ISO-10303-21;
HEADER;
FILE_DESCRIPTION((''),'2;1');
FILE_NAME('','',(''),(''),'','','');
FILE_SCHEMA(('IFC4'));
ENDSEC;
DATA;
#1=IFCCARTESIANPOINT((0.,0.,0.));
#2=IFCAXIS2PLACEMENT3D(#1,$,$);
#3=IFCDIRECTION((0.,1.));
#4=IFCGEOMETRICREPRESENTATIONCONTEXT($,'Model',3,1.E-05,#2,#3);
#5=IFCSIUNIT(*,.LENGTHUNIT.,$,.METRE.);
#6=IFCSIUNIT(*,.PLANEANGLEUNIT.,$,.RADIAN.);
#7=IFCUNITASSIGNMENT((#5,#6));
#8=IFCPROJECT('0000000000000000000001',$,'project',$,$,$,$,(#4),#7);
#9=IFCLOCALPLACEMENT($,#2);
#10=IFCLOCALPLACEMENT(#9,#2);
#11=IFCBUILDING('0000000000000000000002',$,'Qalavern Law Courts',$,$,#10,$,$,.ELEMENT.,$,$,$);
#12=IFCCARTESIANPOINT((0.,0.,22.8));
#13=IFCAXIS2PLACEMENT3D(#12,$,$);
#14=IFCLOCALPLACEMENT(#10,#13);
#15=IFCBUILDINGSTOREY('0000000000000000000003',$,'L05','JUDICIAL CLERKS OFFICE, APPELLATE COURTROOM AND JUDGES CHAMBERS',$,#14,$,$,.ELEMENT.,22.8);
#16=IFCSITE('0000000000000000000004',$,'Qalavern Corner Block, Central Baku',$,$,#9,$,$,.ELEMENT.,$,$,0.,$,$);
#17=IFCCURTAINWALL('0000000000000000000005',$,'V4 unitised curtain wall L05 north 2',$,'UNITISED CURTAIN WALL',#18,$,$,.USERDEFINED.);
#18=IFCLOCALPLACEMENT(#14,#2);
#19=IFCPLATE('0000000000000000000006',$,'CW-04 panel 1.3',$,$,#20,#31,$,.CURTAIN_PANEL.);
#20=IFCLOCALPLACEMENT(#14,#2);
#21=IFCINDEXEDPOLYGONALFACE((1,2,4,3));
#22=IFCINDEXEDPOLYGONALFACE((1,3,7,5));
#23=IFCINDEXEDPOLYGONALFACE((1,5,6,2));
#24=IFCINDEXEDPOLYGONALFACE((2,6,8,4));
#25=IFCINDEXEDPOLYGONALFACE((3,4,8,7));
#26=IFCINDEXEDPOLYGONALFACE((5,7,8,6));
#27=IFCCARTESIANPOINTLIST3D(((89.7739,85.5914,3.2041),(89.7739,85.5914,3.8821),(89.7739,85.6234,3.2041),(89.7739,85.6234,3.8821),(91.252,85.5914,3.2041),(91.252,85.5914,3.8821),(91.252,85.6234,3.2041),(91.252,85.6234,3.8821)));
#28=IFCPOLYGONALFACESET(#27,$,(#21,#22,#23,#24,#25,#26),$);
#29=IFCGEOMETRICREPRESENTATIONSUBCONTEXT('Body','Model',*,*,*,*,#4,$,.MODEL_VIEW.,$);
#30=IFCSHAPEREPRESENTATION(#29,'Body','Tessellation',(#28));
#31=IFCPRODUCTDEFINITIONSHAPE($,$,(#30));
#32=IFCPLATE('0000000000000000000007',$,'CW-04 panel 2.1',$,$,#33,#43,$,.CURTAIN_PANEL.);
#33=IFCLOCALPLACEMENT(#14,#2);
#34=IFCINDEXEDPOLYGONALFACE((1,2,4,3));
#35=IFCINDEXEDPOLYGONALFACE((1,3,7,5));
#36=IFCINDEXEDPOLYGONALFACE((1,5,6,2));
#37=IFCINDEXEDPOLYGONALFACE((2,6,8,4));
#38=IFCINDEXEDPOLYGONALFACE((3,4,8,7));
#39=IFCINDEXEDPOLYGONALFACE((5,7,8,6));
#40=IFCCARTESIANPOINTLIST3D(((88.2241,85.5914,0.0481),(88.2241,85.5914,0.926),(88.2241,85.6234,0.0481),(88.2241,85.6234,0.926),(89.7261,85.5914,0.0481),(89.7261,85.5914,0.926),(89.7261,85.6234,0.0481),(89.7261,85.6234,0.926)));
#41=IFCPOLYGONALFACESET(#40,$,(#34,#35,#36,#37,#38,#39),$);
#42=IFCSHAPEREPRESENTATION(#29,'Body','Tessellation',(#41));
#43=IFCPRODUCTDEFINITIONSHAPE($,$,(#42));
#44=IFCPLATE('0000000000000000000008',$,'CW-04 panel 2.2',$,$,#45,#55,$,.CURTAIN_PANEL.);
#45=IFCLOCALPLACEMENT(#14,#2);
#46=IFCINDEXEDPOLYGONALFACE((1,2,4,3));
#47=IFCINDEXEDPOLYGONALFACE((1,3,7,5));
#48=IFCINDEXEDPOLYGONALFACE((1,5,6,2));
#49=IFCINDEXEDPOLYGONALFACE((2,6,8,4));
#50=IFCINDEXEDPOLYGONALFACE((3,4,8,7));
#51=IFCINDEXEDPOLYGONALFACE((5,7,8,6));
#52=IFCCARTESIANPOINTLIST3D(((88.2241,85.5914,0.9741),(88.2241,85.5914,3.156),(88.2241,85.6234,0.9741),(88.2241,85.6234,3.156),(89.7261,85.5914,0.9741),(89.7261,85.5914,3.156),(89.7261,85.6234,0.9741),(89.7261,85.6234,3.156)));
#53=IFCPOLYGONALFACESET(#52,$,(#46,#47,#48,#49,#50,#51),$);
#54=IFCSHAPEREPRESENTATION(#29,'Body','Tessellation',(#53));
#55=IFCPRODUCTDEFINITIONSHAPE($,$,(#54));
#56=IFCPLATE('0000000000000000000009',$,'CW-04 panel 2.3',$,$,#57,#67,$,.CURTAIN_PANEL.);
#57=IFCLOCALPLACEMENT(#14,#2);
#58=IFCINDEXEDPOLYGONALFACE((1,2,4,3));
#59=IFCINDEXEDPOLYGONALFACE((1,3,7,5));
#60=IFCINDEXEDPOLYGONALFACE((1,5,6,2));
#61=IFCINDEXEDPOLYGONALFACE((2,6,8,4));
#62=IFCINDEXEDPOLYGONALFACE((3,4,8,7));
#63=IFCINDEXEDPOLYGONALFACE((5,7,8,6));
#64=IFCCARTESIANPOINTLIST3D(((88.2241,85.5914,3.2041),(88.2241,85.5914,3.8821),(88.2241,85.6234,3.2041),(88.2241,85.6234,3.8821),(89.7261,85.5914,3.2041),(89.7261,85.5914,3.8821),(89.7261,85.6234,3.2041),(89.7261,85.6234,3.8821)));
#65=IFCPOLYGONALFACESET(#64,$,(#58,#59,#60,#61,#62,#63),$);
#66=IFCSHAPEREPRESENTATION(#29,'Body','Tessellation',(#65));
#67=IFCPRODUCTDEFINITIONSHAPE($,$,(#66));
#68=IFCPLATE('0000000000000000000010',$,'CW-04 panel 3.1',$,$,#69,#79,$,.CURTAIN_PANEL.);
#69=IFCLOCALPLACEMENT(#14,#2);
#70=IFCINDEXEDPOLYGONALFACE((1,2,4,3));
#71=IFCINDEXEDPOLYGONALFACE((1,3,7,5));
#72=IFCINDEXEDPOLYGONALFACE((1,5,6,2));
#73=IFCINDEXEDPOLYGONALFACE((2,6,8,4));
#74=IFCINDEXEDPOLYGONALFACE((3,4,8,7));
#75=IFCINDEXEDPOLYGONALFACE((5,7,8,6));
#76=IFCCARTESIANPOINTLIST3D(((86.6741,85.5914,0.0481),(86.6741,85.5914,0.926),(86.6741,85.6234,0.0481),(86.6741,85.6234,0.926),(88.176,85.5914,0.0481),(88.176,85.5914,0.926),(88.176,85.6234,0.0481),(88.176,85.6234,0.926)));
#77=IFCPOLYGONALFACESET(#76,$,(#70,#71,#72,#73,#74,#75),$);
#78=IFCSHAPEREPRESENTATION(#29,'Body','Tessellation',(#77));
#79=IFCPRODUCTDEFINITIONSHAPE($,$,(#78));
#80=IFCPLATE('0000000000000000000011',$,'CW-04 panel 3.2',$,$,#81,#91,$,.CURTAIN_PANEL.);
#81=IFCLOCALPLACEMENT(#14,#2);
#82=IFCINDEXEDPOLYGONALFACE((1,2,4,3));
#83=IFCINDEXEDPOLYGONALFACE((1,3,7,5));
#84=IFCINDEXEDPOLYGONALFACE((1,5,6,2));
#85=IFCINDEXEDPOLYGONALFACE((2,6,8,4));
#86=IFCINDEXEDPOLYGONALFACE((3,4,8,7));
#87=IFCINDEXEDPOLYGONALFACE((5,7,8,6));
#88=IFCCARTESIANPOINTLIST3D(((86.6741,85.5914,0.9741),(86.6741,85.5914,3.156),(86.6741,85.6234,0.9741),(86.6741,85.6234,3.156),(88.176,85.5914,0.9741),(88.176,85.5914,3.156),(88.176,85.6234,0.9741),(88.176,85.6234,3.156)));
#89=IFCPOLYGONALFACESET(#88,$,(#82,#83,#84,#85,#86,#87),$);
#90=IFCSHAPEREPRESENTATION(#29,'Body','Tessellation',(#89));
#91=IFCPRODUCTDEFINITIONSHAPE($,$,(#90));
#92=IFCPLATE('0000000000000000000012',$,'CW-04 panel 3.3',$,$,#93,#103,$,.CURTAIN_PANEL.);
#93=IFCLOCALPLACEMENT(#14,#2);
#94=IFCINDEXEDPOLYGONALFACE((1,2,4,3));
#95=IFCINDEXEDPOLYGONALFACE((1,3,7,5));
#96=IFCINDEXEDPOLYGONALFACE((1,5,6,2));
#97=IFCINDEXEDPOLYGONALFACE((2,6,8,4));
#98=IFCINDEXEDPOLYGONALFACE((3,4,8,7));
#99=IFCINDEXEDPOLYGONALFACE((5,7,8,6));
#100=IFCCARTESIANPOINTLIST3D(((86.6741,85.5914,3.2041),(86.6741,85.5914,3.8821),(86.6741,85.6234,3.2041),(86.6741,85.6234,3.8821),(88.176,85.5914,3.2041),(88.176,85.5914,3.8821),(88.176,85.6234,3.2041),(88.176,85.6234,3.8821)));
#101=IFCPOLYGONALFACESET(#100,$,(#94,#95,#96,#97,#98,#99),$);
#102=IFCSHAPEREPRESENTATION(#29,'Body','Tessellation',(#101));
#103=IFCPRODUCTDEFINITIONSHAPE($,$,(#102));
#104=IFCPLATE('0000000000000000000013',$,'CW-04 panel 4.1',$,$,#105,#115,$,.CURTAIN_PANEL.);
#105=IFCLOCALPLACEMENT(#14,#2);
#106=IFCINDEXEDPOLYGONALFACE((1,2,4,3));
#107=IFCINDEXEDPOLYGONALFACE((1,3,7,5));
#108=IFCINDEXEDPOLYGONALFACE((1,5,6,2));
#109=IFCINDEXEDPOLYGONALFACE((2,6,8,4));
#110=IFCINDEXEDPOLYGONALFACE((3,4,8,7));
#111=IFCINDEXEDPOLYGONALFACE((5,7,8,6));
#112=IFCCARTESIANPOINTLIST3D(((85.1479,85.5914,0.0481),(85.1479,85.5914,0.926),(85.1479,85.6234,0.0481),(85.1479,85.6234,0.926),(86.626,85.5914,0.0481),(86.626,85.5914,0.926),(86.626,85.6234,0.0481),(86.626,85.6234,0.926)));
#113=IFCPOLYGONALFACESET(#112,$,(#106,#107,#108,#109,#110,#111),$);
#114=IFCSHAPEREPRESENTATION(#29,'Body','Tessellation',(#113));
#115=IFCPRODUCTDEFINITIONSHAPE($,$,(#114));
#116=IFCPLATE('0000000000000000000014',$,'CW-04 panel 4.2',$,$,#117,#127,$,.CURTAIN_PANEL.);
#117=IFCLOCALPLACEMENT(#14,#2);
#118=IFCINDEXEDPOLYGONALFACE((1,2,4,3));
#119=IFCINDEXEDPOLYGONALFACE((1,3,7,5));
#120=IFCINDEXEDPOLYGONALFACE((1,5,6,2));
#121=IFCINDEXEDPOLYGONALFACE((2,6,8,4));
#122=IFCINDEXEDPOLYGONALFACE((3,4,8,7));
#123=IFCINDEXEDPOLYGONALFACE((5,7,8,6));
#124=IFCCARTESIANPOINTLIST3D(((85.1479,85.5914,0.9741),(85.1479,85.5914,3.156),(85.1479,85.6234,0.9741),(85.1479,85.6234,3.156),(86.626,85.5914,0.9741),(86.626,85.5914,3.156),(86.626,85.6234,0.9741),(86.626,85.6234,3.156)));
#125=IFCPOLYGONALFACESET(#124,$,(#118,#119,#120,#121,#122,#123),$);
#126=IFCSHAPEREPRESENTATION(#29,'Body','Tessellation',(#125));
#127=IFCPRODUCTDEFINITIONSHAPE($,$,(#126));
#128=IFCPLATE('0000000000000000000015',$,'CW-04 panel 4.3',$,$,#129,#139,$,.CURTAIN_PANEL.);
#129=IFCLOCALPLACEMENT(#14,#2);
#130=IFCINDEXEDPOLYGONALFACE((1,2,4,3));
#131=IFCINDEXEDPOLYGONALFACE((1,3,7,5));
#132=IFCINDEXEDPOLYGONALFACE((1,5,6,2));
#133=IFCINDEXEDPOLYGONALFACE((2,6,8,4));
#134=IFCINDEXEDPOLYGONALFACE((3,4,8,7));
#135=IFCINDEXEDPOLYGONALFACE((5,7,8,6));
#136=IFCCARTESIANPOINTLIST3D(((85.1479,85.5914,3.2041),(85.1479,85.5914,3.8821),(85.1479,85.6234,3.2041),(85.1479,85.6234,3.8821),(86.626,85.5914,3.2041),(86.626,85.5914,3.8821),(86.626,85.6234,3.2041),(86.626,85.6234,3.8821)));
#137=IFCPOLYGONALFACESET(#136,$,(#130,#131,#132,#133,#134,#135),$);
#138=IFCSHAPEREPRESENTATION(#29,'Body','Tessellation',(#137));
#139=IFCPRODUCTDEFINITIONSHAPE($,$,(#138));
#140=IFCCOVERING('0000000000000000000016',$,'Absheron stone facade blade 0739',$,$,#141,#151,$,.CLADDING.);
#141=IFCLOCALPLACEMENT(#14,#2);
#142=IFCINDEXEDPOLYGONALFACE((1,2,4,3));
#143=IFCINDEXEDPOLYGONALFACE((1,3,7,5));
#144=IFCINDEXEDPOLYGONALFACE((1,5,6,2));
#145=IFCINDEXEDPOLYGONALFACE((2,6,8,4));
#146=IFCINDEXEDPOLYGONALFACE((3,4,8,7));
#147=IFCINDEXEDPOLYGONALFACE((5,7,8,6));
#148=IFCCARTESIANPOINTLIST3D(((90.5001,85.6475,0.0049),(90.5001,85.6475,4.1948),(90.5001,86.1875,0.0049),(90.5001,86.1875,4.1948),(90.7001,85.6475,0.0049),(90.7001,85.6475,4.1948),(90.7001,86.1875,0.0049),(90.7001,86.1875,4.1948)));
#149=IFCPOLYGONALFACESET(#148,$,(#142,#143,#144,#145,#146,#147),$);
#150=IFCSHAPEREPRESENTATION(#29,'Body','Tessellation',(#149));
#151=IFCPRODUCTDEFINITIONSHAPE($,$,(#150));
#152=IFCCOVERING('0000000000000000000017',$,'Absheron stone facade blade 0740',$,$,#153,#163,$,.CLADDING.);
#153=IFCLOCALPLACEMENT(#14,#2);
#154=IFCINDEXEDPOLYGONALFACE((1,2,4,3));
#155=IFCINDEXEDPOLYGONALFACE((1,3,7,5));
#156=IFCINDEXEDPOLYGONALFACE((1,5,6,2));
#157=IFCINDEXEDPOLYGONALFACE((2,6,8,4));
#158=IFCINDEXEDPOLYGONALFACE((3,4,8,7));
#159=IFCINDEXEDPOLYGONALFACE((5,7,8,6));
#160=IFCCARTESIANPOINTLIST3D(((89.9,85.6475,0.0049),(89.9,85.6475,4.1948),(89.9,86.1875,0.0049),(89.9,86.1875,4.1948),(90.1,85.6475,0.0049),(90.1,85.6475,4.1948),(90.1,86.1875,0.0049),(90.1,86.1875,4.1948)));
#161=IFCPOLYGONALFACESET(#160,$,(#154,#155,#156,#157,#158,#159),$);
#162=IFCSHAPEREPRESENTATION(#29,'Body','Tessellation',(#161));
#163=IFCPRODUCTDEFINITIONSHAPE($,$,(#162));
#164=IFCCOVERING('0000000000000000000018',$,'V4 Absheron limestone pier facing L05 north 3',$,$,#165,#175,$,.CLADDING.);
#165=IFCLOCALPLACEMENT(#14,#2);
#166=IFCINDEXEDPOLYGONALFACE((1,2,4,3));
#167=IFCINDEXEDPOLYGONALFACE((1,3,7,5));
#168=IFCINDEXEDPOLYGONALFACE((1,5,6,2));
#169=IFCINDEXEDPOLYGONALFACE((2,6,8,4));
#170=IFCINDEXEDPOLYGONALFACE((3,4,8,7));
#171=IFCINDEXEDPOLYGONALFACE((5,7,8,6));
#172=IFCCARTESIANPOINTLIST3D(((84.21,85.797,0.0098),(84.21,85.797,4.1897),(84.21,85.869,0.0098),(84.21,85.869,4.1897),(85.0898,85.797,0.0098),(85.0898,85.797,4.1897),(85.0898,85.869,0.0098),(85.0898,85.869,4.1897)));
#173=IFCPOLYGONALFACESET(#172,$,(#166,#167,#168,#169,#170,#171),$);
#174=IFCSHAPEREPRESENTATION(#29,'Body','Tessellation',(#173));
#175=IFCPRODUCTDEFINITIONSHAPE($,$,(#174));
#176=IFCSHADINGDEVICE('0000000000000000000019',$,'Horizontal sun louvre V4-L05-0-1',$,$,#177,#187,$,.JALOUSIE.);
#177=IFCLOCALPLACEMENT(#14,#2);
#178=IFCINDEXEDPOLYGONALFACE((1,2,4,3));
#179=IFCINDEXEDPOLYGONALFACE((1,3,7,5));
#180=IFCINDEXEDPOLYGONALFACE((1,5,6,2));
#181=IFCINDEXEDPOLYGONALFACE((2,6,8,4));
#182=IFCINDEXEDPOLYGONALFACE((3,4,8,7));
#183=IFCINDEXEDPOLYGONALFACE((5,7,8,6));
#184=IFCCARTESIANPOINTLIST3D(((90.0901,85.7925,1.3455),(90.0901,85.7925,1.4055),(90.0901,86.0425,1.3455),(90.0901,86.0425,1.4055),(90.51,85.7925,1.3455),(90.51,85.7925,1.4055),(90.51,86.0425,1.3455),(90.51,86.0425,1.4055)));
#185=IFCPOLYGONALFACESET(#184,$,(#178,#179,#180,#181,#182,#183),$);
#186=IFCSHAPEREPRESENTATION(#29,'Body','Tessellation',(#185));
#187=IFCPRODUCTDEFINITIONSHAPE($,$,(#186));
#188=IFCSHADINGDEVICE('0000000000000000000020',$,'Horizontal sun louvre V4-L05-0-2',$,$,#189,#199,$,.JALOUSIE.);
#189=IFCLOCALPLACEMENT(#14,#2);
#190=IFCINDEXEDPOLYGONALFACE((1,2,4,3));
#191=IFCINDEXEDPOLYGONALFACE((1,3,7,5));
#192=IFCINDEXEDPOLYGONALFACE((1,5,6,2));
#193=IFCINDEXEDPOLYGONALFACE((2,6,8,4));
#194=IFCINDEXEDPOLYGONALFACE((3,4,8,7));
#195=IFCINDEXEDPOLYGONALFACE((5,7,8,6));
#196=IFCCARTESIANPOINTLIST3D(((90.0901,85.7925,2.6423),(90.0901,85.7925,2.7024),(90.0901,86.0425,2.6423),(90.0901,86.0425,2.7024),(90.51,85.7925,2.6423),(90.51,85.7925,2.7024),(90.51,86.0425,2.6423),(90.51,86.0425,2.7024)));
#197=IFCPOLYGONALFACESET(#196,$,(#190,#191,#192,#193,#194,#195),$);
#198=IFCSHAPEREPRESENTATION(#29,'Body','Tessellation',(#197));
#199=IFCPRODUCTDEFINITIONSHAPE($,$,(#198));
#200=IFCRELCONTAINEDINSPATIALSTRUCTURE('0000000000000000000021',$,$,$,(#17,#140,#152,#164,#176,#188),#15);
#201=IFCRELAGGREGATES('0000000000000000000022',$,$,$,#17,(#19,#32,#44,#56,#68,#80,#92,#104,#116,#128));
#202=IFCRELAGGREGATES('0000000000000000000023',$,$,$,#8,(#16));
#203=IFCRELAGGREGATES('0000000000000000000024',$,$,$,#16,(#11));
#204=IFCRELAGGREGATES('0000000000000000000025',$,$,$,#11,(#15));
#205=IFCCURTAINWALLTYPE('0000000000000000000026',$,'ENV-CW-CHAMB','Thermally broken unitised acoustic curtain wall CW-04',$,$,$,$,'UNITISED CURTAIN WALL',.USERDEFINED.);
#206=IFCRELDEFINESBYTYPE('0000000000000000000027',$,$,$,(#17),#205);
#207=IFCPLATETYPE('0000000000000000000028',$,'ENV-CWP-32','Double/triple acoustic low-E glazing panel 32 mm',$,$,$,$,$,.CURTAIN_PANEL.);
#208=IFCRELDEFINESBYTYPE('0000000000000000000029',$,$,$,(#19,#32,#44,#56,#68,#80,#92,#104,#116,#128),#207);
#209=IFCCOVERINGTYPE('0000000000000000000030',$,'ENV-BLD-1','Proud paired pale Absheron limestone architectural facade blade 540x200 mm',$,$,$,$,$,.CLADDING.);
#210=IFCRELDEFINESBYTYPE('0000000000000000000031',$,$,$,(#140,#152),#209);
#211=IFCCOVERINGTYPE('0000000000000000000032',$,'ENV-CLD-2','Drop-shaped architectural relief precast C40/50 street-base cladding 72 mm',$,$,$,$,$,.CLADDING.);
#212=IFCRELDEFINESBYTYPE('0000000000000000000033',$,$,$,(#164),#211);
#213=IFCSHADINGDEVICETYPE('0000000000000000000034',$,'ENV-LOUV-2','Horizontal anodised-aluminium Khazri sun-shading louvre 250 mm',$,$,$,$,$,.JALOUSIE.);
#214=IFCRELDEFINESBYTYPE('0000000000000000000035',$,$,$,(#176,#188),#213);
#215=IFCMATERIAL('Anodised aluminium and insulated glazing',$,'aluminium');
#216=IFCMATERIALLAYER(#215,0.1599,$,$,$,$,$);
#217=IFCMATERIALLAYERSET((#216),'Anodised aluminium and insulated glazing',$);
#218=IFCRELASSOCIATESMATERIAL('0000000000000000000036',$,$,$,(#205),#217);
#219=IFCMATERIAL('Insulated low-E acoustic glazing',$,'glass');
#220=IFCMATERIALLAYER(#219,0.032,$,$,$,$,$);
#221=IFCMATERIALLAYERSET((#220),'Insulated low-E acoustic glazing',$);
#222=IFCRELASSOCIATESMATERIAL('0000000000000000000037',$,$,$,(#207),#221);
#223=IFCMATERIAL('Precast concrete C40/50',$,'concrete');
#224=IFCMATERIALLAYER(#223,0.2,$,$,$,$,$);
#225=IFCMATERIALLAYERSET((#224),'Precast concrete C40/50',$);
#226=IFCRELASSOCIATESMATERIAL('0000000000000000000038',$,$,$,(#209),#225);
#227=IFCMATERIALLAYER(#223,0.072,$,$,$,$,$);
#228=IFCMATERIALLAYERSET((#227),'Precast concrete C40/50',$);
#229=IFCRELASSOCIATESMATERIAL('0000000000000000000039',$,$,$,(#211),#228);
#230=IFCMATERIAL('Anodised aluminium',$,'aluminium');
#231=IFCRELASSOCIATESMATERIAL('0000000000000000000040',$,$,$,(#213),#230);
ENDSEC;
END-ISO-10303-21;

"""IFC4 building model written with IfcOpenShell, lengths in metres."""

from ifc_helpers import new_model, si_unit, direction, frame, origin, origin_2d, place, context, subcontext, project, spatial, rectangle, extrude, material, layer, layer_set, type_object, element, aggregate, save


model = new_model("IFC4")

# Units and contexts
model_context = context("Model", 3, precision=1e-05, world=origin(), true_north=direction((0.0, 1.0)))
body_context = subcontext(model_context, "Body", "Model", "MODEL_VIEW")
ifc_project = project(units=[si_unit("LENGTHUNIT", "METRE"), si_unit("PLANEANGLEUNIT", "RADIAN")], contexts=[model_context])

# Site, building, storey
site_placement = place(None, origin())
site = spatial("IfcSite", under=ifc_project, at=site_placement, Name="Qalavern Corner Block, Central Baku", CompositionType="ELEMENT", RefElevation=0.0)
building_placement = place(site_placement, origin())
building = spatial("IfcBuilding", under=site, at=building_placement, Name="Qalavern Law Courts", CompositionType="ELEMENT")
storey_placement = place(building_placement, frame((0.0, 0.0, 22.8)))
storey = spatial("IfcBuildingStorey", under=building, at=storey_placement, Name="L05", Description="JUDICIAL CLERKS OFFICE, APPELLATE COURTROOM AND JUDGES CHAMBERS", CompositionType="ELEMENT", Elevation=22.8)

# Curtain wall, plates
ifc_material_1 = material(Name="Anodised aluminium and insulated glazing", Category="aluminium")
ifc_layer_1 = layer(ifc_material_1, 0.1599)
ifc_layer_set_1 = layer_set([ifc_layer_1], Name="Anodised aluminium and insulated glazing")
curtain_wall_type = type_object("IfcCurtainWallType", Name="ENV-CW-CHAMB", Description="Thermally broken unitised acoustic curtain wall CW-04", ElementType="UNITISED CURTAIN WALL", PredefinedType="USERDEFINED", material=ifc_layer_set_1)
curtain_wall_placement = place(storey_placement, origin())
curtain_wall = element("IfcCurtainWall", 1, at=curtain_wall_placement, inside=storey, type_object=curtain_wall_type, Name="V4 unitised curtain wall L05 north 2", ObjectType="UNITISED CURTAIN WALL", PredefinedType="USERDEFINED")
ifc_material_2 = material(Name="Anodised aluminium", Category="aluminium")
ifc_material_3 = material(Name="Insulated low-E acoustic glazing", Category="glass")
ifc_layer_2 = layer(ifc_material_3, 0.032)
ifc_layer_set_2 = layer_set([ifc_layer_2], Name="Insulated low-E acoustic glazing")
plate_type = type_object("IfcPlateType", Name="ENV-CWP-32", Description="Double/triple acoustic low-E glazing panel 32 mm", PredefinedType="CURTAIN_PANEL", material=ifc_layer_set_2)
plate_1_placement = place(storey_placement, frame((90.5129, 85.6074, 3.2041), z_axis=(0.0, 0.0, 1.0), x_axis=(-1.0, 0.0, 0.0)))
plate_1 = element("IfcPlate", 2, at=plate_1_placement, type_object=plate_type, Name="CW-04 panel 1.3", PredefinedType="CURTAIN_PANEL", context=body_context, shape_type="SweptSolid", body=[
    extrude(rectangle(XDim=1.478, YDim=0.032, at=origin_2d()), origin(), (0.0, 0.0, 1.0), 0.678),
])
plate_2_placement = place(storey_placement, frame((88.9751, 85.6074, 0.0481), z_axis=(0.0, 0.0, 1.0), x_axis=(-1.0, 0.0, 0.0)))
plate_2 = element("IfcPlate", 3, at=plate_2_placement, type_object=plate_type, Name="CW-04 panel 2.1", PredefinedType="CURTAIN_PANEL", context=body_context, shape_type="SweptSolid", body=[
    extrude(rectangle(XDim=1.502, YDim=0.032, at=origin_2d()), origin(), (0.0, 0.0, 1.0), 0.8779),
])
plate_3_placement = place(storey_placement, frame((88.9751, 85.6074, 0.9741), z_axis=(0.0, 0.0, 1.0), x_axis=(-1.0, 0.0, 0.0)))
plate_3 = element("IfcPlate", 4, at=plate_3_placement, type_object=plate_type, Name="CW-04 panel 2.2", PredefinedType="CURTAIN_PANEL", context=body_context, shape_type="SweptSolid", body=[
    extrude(rectangle(XDim=1.502, YDim=0.032, at=origin_2d()), origin(), (0.0, 0.0, 1.0), 2.1819),
])
plate_4_placement = place(storey_placement, frame((88.9751, 85.6074, 3.2041), z_axis=(0.0, 0.0, 1.0), x_axis=(-1.0, 0.0, 0.0)))
plate_4 = element("IfcPlate", 5, at=plate_4_placement, type_object=plate_type, Name="CW-04 panel 2.3", PredefinedType="CURTAIN_PANEL", context=body_context, shape_type="SweptSolid", body=[
    extrude(rectangle(XDim=1.502, YDim=0.032, at=origin_2d()), origin(), (0.0, 0.0, 1.0), 0.678),
])
plate_5_placement = place(storey_placement, frame((87.425, 85.6074, 0.0481), z_axis=(0.0, 0.0, 1.0), x_axis=(-1.0, 0.0, 0.0)))
plate_5 = element("IfcPlate", 6, at=plate_5_placement, type_object=plate_type, Name="CW-04 panel 3.1", PredefinedType="CURTAIN_PANEL", context=body_context, shape_type="SweptSolid", body=[
    extrude(rectangle(XDim=1.502, YDim=0.032, at=origin_2d()), origin(), (0.0, 0.0, 1.0), 0.8779),
])
plate_6_placement = place(storey_placement, frame((87.425, 85.6074, 0.9741), z_axis=(0.0, 0.0, 1.0), x_axis=(-1.0, 0.0, 0.0)))
plate_6 = element("IfcPlate", 7, at=plate_6_placement, type_object=plate_type, Name="CW-04 panel 3.2", PredefinedType="CURTAIN_PANEL", context=body_context, shape_type="SweptSolid", body=[
    extrude(rectangle(XDim=1.502, YDim=0.032, at=origin_2d()), origin(), (0.0, 0.0, 1.0), 2.1819),
])
plate_7_placement = place(storey_placement, frame((87.425, 85.6074, 3.2041), z_axis=(0.0, 0.0, 1.0), x_axis=(-1.0, 0.0, 0.0)))
plate_7 = element("IfcPlate", 8, at=plate_7_placement, type_object=plate_type, Name="CW-04 panel 3.3", PredefinedType="CURTAIN_PANEL", context=body_context, shape_type="SweptSolid", body=[
    extrude(rectangle(XDim=1.502, YDim=0.032, at=origin_2d()), origin(), (0.0, 0.0, 1.0), 0.678),
])
plate_8_placement = place(storey_placement, frame((85.887, 85.6074, 0.0481), z_axis=(0.0, 0.0, 1.0), x_axis=(-1.0, 0.0, 0.0)))
plate_8 = element("IfcPlate", 9, at=plate_8_placement, type_object=plate_type, Name="CW-04 panel 4.1", PredefinedType="CURTAIN_PANEL", context=body_context, shape_type="SweptSolid", body=[
    extrude(rectangle(XDim=1.478, YDim=0.032, at=origin_2d()), origin(), (0.0, 0.0, 1.0), 0.8779),
])
plate_9_placement = place(storey_placement, frame((85.887, 85.6074, 0.9741), z_axis=(0.0, 0.0, 1.0), x_axis=(-1.0, 0.0, 0.0)))
plate_9 = element("IfcPlate", 10, at=plate_9_placement, type_object=plate_type, Name="CW-04 panel 4.2", PredefinedType="CURTAIN_PANEL", context=body_context, shape_type="SweptSolid", body=[
    extrude(rectangle(XDim=1.478, YDim=0.032, at=origin_2d()), origin(), (0.0, 0.0, 1.0), 2.1819),
])
plate_10_placement = place(storey_placement, frame((85.887, 85.6074, 3.2041), z_axis=(0.0, 0.0, 1.0), x_axis=(-1.0, 0.0, 0.0)))
plate_10 = element("IfcPlate", 11, at=plate_10_placement, type_object=plate_type, Name="CW-04 panel 4.3", PredefinedType="CURTAIN_PANEL", context=body_context, shape_type="SweptSolid", body=[
    extrude(rectangle(XDim=1.478, YDim=0.032, at=origin_2d()), origin(), (0.0, 0.0, 1.0), 0.678),
])
aggregate(curtain_wall, [plate_1, plate_2, plate_3, plate_4, plate_5, plate_6, plate_7, plate_8, plate_9, plate_10])

# Coverings
ifc_material_4 = material(Name="Precast concrete C40/50", Category="concrete")
ifc_layer_3 = layer(ifc_material_4, 0.2)
ifc_layer_set_3 = layer_set([ifc_layer_3], Name="Precast concrete C40/50")
covering_type_1 = type_object("IfcCoveringType", Name="ENV-BLD-1", Description="Proud paired pale Absheron limestone architectural facade blade 540x200 mm", PredefinedType="CLADDING", material=ifc_layer_set_3)
for number, where, z_axis, x_axis, name in (
    (12, (90.6001, 85.9175, 0.0049), (0.0, 0.0, 1.0), (0.0, 1.0, 0.0), "Absheron stone facade blade 0739"),
    (13, (90.0, 85.9175, 0.0049), (0.0, 0.0, 1.0), (0.0, 1.0, 0.0), "Absheron stone facade blade 0740"),
):
    element("IfcCovering", number, at=place(storey_placement, frame(where, z_axis=z_axis, x_axis=x_axis)), inside=storey, type_object=covering_type_1, Name=name, PredefinedType="CLADDING", context=body_context, shape_type="SweptSolid", body=[
        extrude(rectangle(XDim=0.54, YDim=0.2, at=origin_2d()), origin(), (0.0, 0.0, 1.0), 4.1899),
    ])
ifc_layer_4 = layer(ifc_material_4, 0.072)
ifc_layer_set_4 = layer_set([ifc_layer_4], Name="Precast concrete C40/50")
covering_type_2 = type_object("IfcCoveringType", Name="ENV-CLD-2", Description="Drop-shaped architectural relief precast C40/50 street-base cladding 72 mm", PredefinedType="CLADDING", material=ifc_layer_set_4)
covering_placement = place(storey_placement, frame((84.6499, 85.833, 0.0098), z_axis=(0.0, 0.0, 1.0), x_axis=(-1.0, 0.0, 0.0)))
element("IfcCovering", 14, at=covering_placement, inside=storey, type_object=covering_type_2, Name="V4 Absheron limestone pier facing L05 north 3", PredefinedType="CLADDING", context=body_context, shape_type="SweptSolid", body=[
    extrude(rectangle(XDim=0.8799, YDim=0.072, at=origin_2d()), origin(), (0.0, 0.0, 1.0), 4.1799),
])

# Shading devices
shading_device_type = type_object("IfcShadingDeviceType", Name="ENV-LOUV-2", Description="Horizontal anodised-aluminium Khazri sun-shading louvre 250 mm", PredefinedType="JALOUSIE", material=ifc_material_2)
for number, where, z_axis, x_axis, name in (
    (15, (90.3, 85.9175, 1.3455), (0.0, 0.0, 1.0), (-1.0, 0.0, 0.0), "Horizontal sun louvre V4-L05-0-1"),
    (16, (90.3, 85.9175, 2.6423), (0.0, 0.0, 1.0), (-1.0, 0.0, 0.0), "Horizontal sun louvre V4-L05-0-2"),
):
    element("IfcShadingDevice", number, at=place(storey_placement, frame(where, z_axis=z_axis, x_axis=x_axis)), inside=storey, type_object=shading_device_type, Name=name, PredefinedType="JALOUSIE", context=body_context, shape_type="SweptSolid", body=[
        extrude(rectangle(XDim=0.4199, YDim=0.25, at=origin_2d()), origin(), (0.0, 0.0, 1.0), 0.0601),
    ])

save(model, "model.ifc")
